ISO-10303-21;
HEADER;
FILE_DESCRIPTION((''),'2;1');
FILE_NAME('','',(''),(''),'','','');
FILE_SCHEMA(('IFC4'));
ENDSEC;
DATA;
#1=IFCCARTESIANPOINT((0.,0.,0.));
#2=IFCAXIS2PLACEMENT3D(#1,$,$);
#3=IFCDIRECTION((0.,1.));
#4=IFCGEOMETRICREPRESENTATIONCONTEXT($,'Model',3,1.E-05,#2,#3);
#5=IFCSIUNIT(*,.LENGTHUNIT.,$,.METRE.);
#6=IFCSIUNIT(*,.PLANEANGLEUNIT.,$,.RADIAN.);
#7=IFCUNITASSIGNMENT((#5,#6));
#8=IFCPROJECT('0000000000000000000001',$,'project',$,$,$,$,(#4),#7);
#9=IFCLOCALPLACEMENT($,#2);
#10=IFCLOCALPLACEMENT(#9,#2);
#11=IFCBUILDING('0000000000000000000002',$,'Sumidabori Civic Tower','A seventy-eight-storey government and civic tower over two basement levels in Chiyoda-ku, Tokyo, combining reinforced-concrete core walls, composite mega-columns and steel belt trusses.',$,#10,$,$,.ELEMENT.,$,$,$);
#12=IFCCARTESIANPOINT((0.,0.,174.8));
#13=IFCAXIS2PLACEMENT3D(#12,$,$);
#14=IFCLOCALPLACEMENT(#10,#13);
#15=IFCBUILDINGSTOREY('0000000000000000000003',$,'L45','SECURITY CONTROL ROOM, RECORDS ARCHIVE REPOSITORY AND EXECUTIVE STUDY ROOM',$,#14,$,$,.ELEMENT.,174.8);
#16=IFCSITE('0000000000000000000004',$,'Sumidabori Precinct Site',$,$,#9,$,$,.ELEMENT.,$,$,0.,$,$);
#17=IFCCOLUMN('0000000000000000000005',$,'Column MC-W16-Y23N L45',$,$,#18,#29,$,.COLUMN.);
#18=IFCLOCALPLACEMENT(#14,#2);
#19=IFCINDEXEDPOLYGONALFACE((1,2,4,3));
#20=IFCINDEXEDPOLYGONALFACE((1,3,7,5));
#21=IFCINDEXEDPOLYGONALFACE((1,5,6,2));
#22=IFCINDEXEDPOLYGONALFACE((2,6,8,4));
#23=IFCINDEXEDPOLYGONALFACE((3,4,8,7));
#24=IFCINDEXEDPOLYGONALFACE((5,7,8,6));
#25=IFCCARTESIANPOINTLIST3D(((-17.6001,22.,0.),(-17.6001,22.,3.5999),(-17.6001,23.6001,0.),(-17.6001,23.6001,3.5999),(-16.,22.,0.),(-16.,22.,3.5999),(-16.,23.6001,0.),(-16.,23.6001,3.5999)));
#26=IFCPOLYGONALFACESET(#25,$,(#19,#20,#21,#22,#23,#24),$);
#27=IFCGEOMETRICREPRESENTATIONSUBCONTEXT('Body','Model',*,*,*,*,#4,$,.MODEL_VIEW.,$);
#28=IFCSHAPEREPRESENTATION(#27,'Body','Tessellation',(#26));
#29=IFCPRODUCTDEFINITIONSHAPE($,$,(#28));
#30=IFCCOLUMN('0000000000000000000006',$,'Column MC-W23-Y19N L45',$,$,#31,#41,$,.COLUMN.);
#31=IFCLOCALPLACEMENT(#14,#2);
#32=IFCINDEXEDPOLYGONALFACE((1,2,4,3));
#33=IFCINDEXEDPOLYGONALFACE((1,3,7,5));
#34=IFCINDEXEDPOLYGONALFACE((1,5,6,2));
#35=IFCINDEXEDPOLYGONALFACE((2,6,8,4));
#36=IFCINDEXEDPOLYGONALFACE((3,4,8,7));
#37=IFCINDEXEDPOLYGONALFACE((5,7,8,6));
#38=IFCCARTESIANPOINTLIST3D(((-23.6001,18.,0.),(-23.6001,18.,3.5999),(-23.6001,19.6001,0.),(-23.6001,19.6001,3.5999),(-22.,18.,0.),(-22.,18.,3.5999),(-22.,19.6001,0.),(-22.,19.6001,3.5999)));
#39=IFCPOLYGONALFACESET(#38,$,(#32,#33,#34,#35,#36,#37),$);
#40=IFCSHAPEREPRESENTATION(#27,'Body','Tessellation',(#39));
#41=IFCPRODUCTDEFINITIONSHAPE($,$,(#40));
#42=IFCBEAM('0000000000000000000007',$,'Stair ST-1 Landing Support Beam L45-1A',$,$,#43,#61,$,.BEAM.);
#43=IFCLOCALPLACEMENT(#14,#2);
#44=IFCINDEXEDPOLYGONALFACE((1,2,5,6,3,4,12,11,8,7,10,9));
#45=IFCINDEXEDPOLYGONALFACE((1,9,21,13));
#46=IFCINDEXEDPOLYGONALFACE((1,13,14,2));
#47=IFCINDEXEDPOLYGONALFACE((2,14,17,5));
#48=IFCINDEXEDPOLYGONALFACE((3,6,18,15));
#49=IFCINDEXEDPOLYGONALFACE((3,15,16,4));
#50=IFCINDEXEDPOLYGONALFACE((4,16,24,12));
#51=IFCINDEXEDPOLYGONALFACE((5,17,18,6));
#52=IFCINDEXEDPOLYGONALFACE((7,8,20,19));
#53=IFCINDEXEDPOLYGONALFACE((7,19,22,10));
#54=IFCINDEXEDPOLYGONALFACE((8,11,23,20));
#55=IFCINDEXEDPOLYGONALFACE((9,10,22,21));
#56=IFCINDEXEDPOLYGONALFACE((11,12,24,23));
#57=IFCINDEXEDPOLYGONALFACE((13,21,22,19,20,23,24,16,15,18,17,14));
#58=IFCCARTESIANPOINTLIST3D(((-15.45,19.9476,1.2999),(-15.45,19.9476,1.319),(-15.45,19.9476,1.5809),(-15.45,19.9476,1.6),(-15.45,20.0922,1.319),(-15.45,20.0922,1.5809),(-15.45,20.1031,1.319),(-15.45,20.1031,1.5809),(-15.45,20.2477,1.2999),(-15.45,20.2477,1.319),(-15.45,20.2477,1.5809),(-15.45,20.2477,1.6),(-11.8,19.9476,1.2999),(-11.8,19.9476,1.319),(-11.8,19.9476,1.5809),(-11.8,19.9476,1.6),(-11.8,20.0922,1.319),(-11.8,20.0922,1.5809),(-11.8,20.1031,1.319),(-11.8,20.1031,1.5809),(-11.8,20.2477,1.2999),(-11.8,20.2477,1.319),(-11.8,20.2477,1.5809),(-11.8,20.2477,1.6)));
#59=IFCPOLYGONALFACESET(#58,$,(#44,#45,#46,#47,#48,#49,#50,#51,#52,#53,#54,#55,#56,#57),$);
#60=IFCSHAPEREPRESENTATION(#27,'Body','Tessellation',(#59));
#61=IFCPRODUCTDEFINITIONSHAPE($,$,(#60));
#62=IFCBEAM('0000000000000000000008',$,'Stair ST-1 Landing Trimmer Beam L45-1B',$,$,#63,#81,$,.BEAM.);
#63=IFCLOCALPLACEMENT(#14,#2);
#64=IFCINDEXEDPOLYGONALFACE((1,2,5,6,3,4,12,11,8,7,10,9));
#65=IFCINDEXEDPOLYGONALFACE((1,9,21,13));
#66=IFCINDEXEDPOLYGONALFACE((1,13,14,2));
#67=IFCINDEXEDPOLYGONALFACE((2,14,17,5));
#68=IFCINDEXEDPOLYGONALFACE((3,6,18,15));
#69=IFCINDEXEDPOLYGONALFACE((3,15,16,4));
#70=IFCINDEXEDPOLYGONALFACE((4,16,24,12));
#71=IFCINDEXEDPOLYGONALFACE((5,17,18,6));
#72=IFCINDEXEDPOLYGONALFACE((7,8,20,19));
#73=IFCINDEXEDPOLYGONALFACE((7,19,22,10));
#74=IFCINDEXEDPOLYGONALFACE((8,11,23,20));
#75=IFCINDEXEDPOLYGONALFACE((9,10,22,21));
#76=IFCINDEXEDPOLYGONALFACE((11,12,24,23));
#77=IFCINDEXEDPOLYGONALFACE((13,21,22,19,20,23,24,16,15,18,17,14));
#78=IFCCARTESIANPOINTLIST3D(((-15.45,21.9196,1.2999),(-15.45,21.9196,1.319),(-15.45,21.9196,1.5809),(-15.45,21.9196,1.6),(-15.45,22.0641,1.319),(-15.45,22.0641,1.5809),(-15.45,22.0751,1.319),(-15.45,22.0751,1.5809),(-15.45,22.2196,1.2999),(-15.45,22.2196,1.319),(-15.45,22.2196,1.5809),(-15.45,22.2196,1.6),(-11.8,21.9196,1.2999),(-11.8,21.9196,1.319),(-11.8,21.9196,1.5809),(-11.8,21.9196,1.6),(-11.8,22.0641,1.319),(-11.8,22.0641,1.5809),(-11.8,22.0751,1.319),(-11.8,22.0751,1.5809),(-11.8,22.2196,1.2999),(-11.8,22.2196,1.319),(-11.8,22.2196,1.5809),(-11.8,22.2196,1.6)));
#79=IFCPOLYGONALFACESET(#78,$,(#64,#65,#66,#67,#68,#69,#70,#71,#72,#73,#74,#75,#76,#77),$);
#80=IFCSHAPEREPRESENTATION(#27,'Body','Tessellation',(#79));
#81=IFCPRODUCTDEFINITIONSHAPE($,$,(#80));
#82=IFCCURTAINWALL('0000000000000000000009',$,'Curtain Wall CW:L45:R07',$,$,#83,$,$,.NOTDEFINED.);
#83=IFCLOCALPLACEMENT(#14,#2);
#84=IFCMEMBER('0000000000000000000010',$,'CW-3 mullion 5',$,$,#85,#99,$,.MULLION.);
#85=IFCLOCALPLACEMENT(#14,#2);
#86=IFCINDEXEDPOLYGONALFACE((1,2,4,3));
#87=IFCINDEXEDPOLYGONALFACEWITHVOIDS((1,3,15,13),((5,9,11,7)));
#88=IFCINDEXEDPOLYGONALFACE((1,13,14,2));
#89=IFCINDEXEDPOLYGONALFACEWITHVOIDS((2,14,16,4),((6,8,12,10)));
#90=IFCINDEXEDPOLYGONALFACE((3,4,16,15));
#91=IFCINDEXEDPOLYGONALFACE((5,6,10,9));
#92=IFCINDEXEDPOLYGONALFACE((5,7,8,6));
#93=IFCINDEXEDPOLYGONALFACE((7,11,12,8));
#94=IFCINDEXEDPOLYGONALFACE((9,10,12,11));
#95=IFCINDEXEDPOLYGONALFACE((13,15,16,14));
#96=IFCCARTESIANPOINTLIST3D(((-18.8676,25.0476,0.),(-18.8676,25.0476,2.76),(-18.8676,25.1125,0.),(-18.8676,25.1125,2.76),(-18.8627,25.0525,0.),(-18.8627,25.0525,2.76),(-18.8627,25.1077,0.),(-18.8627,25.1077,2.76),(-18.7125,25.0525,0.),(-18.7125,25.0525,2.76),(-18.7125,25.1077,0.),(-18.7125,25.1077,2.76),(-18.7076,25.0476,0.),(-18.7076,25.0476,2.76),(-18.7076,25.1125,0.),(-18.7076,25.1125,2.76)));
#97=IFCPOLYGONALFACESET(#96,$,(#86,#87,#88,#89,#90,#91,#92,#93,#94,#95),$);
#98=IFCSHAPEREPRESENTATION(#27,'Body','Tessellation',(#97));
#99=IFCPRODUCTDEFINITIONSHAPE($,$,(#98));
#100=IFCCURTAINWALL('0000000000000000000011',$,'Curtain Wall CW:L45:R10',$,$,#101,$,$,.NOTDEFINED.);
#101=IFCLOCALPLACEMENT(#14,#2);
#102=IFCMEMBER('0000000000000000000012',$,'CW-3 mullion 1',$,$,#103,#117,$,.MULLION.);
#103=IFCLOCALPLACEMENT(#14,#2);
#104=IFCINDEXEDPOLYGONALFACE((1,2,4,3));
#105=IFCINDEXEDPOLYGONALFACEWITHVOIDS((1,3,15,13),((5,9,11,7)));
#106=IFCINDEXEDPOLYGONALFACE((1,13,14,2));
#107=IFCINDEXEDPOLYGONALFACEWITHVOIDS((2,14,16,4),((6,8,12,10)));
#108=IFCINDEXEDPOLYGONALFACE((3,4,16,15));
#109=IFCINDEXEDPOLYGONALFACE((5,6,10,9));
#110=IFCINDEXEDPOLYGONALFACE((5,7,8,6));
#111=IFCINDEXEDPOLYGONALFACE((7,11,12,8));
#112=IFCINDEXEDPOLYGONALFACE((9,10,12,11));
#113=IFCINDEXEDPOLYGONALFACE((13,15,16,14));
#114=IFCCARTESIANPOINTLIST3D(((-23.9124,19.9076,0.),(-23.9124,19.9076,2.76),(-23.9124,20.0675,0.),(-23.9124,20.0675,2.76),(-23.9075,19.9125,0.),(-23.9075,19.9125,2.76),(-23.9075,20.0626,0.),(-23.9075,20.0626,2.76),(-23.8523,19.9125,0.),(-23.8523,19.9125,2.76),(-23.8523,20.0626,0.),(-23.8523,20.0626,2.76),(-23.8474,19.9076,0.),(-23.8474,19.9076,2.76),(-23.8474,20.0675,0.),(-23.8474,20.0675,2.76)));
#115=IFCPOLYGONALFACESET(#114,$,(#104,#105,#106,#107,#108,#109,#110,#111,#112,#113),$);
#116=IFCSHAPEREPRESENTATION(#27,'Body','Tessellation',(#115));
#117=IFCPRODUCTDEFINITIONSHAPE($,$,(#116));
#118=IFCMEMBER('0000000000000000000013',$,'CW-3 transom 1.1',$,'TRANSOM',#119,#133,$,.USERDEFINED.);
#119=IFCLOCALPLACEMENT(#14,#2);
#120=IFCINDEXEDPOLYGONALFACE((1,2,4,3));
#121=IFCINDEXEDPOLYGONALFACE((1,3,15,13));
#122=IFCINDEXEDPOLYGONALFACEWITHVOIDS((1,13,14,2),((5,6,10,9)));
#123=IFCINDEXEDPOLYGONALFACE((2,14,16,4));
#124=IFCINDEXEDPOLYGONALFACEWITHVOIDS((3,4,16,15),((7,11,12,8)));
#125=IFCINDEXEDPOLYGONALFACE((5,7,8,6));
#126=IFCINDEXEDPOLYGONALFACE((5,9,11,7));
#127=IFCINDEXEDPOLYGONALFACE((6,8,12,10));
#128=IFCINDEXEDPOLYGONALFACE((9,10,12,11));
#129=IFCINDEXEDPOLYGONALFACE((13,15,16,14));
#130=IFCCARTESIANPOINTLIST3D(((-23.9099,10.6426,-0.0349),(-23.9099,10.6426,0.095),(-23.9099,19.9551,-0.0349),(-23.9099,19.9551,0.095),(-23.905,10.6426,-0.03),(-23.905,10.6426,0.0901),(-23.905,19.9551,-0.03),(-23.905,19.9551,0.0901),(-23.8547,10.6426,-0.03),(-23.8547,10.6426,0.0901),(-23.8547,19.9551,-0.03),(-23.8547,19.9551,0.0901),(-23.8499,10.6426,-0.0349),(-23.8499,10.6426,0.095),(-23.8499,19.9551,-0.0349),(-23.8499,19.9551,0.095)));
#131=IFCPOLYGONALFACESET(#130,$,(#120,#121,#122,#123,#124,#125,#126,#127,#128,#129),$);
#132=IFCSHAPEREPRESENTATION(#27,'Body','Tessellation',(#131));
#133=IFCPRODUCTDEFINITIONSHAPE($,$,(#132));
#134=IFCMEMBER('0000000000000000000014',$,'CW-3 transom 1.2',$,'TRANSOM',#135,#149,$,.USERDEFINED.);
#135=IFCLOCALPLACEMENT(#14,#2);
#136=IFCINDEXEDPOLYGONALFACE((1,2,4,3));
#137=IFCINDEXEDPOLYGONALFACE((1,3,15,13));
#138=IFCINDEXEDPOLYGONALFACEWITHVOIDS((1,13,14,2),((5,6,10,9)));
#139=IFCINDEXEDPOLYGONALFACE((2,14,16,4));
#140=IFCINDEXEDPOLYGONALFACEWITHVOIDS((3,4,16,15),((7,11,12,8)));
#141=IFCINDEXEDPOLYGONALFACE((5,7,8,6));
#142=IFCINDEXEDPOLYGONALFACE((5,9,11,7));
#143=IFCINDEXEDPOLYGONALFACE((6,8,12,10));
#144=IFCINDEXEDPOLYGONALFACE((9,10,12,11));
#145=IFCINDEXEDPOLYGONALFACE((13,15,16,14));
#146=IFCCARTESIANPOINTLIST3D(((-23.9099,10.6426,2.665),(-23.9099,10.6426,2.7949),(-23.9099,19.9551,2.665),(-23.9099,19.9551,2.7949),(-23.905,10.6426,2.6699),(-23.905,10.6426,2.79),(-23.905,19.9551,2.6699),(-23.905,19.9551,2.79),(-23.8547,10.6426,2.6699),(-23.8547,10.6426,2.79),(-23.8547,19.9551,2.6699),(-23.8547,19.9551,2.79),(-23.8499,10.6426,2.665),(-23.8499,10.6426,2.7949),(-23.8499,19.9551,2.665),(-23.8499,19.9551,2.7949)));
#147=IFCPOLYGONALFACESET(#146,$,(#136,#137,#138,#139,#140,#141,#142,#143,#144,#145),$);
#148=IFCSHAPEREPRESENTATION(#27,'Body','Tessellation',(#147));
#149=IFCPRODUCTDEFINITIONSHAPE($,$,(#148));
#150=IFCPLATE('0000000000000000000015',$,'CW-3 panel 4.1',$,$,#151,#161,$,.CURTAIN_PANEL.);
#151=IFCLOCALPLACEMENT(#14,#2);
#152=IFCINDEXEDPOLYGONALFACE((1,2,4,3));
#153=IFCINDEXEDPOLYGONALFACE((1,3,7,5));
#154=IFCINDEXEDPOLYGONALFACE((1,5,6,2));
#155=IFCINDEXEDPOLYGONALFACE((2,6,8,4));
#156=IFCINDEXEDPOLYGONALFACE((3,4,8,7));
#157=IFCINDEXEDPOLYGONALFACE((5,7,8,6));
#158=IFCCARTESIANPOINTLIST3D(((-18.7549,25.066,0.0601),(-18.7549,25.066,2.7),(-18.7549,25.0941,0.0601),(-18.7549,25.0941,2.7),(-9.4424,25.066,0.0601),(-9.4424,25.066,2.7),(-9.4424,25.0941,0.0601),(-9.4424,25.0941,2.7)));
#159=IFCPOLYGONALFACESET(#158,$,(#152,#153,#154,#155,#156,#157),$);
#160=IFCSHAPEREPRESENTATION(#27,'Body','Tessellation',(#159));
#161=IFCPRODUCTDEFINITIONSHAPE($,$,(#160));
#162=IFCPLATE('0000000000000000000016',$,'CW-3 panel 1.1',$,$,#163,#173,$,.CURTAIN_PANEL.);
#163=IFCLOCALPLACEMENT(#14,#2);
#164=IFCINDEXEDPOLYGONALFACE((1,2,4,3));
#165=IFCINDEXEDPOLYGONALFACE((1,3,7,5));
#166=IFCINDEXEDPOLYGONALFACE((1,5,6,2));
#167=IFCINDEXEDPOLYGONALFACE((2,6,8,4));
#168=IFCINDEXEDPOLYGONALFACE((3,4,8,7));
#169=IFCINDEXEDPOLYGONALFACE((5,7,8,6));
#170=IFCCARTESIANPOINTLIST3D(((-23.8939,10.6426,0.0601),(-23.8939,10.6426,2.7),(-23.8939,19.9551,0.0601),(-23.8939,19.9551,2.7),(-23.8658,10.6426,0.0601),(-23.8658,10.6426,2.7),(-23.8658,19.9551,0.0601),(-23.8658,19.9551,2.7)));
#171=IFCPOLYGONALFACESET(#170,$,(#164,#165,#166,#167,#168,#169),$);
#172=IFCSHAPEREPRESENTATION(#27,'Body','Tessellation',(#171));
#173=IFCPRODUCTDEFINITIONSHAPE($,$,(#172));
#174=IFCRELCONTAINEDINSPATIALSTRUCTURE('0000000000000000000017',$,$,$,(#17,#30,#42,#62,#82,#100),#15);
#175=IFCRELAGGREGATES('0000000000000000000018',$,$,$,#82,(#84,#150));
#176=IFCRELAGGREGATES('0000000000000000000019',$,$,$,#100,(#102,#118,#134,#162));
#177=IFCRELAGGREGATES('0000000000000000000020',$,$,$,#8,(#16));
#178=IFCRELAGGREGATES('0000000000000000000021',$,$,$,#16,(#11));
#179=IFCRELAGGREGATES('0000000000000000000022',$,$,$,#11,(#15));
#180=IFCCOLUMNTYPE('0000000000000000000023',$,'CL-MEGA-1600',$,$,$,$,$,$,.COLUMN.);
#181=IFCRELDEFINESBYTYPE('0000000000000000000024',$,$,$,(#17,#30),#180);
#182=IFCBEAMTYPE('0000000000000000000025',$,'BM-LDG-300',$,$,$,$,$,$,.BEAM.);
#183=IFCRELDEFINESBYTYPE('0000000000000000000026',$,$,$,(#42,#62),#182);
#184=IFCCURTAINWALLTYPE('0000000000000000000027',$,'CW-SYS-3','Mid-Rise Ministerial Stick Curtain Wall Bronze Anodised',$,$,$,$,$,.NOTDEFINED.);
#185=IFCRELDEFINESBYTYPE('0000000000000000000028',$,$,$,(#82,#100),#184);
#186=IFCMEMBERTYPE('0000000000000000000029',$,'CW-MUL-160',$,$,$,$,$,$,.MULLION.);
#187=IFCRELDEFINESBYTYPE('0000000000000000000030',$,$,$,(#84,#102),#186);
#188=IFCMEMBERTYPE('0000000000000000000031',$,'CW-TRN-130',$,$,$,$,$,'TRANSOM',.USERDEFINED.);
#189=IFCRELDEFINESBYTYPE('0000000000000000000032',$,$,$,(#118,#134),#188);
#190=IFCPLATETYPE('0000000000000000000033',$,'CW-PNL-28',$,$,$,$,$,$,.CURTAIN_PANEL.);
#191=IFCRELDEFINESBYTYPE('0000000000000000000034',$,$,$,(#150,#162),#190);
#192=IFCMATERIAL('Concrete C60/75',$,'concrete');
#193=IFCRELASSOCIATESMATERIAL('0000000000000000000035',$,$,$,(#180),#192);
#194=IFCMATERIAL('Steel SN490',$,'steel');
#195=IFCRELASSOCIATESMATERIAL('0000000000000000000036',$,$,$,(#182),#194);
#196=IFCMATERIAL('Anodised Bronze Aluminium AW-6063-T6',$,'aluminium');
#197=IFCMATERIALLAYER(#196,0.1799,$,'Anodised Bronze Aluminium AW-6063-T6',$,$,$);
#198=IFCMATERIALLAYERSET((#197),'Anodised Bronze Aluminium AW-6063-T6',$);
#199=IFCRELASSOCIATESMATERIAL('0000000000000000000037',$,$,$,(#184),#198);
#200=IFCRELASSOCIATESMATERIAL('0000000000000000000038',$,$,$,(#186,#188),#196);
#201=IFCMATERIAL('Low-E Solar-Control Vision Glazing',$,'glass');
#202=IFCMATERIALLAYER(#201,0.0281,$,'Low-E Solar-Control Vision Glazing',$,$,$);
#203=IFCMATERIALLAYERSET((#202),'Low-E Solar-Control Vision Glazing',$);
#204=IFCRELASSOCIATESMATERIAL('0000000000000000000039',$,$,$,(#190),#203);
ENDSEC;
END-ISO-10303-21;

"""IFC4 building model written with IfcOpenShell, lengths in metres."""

from ifc_helpers import new_model, si_unit, direction, frame, origin, origin_2d, place, context, subcontext, project, spatial, rectangle, hollow_rectangle, i_section, extrude, source, transform, mapped, material, layer, layer_set, material_profile, profile_set, type_object, element, aggregate, save


model = new_model("IFC4")

# Units and contexts
model_context = context("Model", 3, precision=1e-05, world=origin(), true_north=direction((0.0, 1.0)))
body_context = subcontext(model_context, "Body", "Model", "MODEL_VIEW")
ifc_project = project(units=[si_unit("LENGTHUNIT", "METRE"), si_unit("PLANEANGLEUNIT", "RADIAN")], contexts=[model_context])

# Site, building, storey
site_placement = place(None, origin())
site = spatial("IfcSite", under=ifc_project, at=site_placement, Name="Sumidabori Precinct Site", CompositionType="ELEMENT", RefElevation=0.0)
building_placement = place(site_placement, origin())
building = spatial("IfcBuilding", under=site, at=building_placement, Name="Sumidabori Civic Tower", Description="A seventy-eight-storey government and civic tower over two basement levels in Chiyoda-ku, Tokyo, combining reinforced-concrete core walls, composite mega-columns and steel belt trusses.", CompositionType="ELEMENT")
storey_placement = place(building_placement, frame((0.0, 0.0, 174.8)))
storey = spatial("IfcBuildingStorey", under=building, at=storey_placement, Name="L45", Description="SECURITY CONTROL ROOM, RECORDS ARCHIVE REPOSITORY AND EXECUTIVE STUDY ROOM", CompositionType="ELEMENT", Elevation=174.8)

# Columns
ifc_material_1 = material(Name="Concrete C60/75", Category="concrete")
ifc_material_profile_1 = material_profile(ifc_material_1, rectangle(XDim=1.6001, YDim=1.6001, at=origin_2d()), Name="RC 1600x1600")
ifc_profile_set_1 = profile_set([ifc_material_profile_1], Name="Concrete C60/75")
column_type = type_object("IfcColumnType", Name="CL-MEGA-1600", PredefinedType="COLUMN", material=ifc_profile_set_1)
shared_shape_1 = source(origin(), body_context, "Body", "SweptSolid", [
    extrude(rectangle(XDim=1.6001, YDim=1.6001, at=origin_2d()), origin(), (0.0, 0.0, 1.0), 3.5999),
])
for number, where, z_axis, x_axis, name in (
    (1, (-16.8, 22.8, 0.0), (0.0, 0.0, 1.0), (1.0, 0.0, 0.0), "Column MC-W16-Y23N L45"),
    (2, (-22.8, 18.8, 0.0), (0.0, 0.0, 1.0), (1.0, 0.0, 0.0), "Column MC-W23-Y19N L45"),
):
    element("IfcColumn", number, at=place(storey_placement, frame(where, z_axis=z_axis, x_axis=x_axis)), inside=storey, type_object=column_type, Name=name, PredefinedType="COLUMN", context=body_context, shape_type="MappedRepresentation", body=[
        mapped(shared_shape_1, transform((0.0, 0.0, 0.0), x_axis=(1.0, 0.0, 0.0), y_axis=(0.0, 1.0, 0.0), z_axis=(0.0, 0.0, 1.0), scale=1.0)),
    ])

# Beams
ifc_material_2 = material(Name="Steel SN490", Category="steel")
ifc_material_profile_2 = material_profile(ifc_material_2, i_section(OverallWidth=0.3, OverallDepth=0.3, WebThickness=0.011, FlangeThickness=0.019, at=origin_2d()), Name="HE 300 B")
ifc_profile_set_2 = profile_set([ifc_material_profile_2], Name="Steel SN490")
beam_type = type_object("IfcBeamType", Name="BM-LDG-300", PredefinedType="BEAM", material=ifc_profile_set_2)
shared_shape_2 = source(origin(), body_context, "Body", "SweptSolid", [
    extrude(i_section(OverallWidth=0.3, OverallDepth=0.3, WebThickness=0.011, FlangeThickness=0.019, at=origin_2d()), origin(), (0.0, 0.0, 1.0), 3.6499),
])
for number, where, z_axis, x_axis, name in (
    (3, (-15.45, 20.0977, 1.45), (1.0, 0.0, 0.0), (0.0, 1.0, 0.0), "Stair ST-1 Landing Support Beam L45-1A"),
    (4, (-15.45, 22.0696, 1.45), (1.0, 0.0, 0.0), (0.0, 1.0, 0.0), "Stair ST-1 Landing Trimmer Beam L45-1B"),
):
    element("IfcBeam", number, at=place(storey_placement, frame(where, z_axis=z_axis, x_axis=x_axis)), inside=storey, type_object=beam_type, Name=name, PredefinedType="BEAM", context=body_context, shape_type="MappedRepresentation", body=[
        mapped(shared_shape_2, transform((0.0, 0.0, 0.0), x_axis=(1.0, 0.0, 0.0), y_axis=(0.0, 1.0, 0.0), z_axis=(0.0, 0.0, 1.0), scale=1.0)),
    ])

# Curtain wall, member
ifc_material_3 = material(Name="Anodised Bronze Aluminium AW-6063-T6", Category="aluminium")
ifc_layer_1 = layer(ifc_material_3, 0.1799, Name="Anodised Bronze Aluminium AW-6063-T6")
ifc_layer_set_1 = layer_set([ifc_layer_1], Name="Anodised Bronze Aluminium AW-6063-T6")
curtain_wall_type = type_object("IfcCurtainWallType", Name="CW-SYS-3", Description="Mid-Rise Ministerial Stick Curtain Wall Bronze Anodised", PredefinedType="NOTDEFINED", material=ifc_layer_set_1)
curtain_wall_1_placement = place(storey_placement, origin())
curtain_wall_1 = element("IfcCurtainWall", 5, at=curtain_wall_1_placement, inside=storey, type_object=curtain_wall_type, Name="Curtain Wall CW:L45:R07", PredefinedType="NOTDEFINED")
ifc_material_profile_3 = material_profile(ifc_material_3, hollow_rectangle(XDim=0.0649, YDim=0.1599, WallThickness=0.0049, at=origin_2d()), Name="ALU MULLION 160x65")
ifc_profile_set_3 = profile_set([ifc_material_profile_3], Name="Anodised Bronze Aluminium AW-6063-T6")
member_type_1 = type_object("IfcMemberType", Name="CW-MUL-160", PredefinedType="MULLION", material=ifc_profile_set_3)
shared_shape_3 = source(origin(), body_context, "Body", "SweptSolid", [
    extrude(hollow_rectangle(XDim=0.0649, YDim=0.1599, WallThickness=0.0049, at=origin_2d()), origin(), (0.0, 0.0, 1.0), 2.76),
])
member_1_placement = place(storey_placement, frame((-18.7876, 25.0801, 0.0), z_axis=(0.0, 0.0, 1.0), x_axis=(0.0, -1.0, 0.0)))
member_1 = element("IfcMember", 6, at=member_1_placement, type_object=member_type_1, Name="CW-3 mullion 5", PredefinedType="MULLION", context=body_context, shape_type="MappedRepresentation", body=[
    mapped(shared_shape_3, transform((0.0, 0.0, 0.0), x_axis=(1.0, 0.0, 0.0), y_axis=(0.0, 1.0, 0.0), z_axis=(0.0, 0.0, 1.0), scale=1.0)),
])

# Curtain wall, members
curtain_wall_2_placement = place(storey_placement, origin())
curtain_wall_2 = element("IfcCurtainWall", 7, at=curtain_wall_2_placement, inside=storey, type_object=curtain_wall_type, Name="Curtain Wall CW:L45:R10", PredefinedType="NOTDEFINED")
member_2_placement = place(storey_placement, frame((-23.8799, 19.9875, 0.0), z_axis=(0.0, 0.0, 1.0), x_axis=(1.0, 0.0, 0.0)))
member_2 = element("IfcMember", 8, at=member_2_placement, type_object=member_type_1, Name="CW-3 mullion 1", PredefinedType="MULLION", context=body_context, shape_type="MappedRepresentation", body=[
    mapped(shared_shape_3, transform((0.0, 0.0, 0.0), x_axis=(1.0, 0.0, 0.0), y_axis=(0.0, 1.0, 0.0), z_axis=(0.0, 0.0, 1.0), scale=1.0)),
])
ifc_material_profile_4 = material_profile(ifc_material_3, hollow_rectangle(XDim=0.0601, YDim=0.1299, WallThickness=0.0049, at=origin_2d()), Name="ALU TRANSOM 130x60")
ifc_profile_set_4 = profile_set([ifc_material_profile_4], Name="Anodised Bronze Aluminium AW-6063-T6")
member_type_2 = type_object("IfcMemberType", Name="CW-TRN-130", ElementType="TRANSOM", PredefinedType="USERDEFINED", material=ifc_profile_set_4)
shared_shape_4 = source(origin(), body_context, "Body", "SweptSolid", [
    extrude(hollow_rectangle(XDim=0.0601, YDim=0.1299, WallThickness=0.0049, at=origin_2d()), origin(), (0.0, 0.0, 1.0), 9.3125),
])
member_3_placement = place(storey_placement, frame((-23.8799, 19.9551, 0.03), z_axis=(0.0, -1.0, 0.0), x_axis=(1.0, 0.0, 0.0)))
member_3 = element("IfcMember", 9, at=member_3_placement, type_object=member_type_2, Name="CW-3 transom 1.1", ObjectType="TRANSOM", PredefinedType="USERDEFINED", context=body_context, shape_type="MappedRepresentation", body=[
    mapped(shared_shape_4, transform((0.0, 0.0, 0.0), x_axis=(1.0, 0.0, 0.0), y_axis=(0.0, 1.0, 0.0), z_axis=(0.0, 0.0, 1.0), scale=1.0)),
])
member_4_placement = place(storey_placement, frame((-23.8799, 19.9551, 2.73), z_axis=(0.0, -1.0, 0.0), x_axis=(1.0, 0.0, 0.0)))
member_4 = element("IfcMember", 10, at=member_4_placement, type_object=member_type_2, Name="CW-3 transom 1.2", ObjectType="TRANSOM", PredefinedType="USERDEFINED", context=body_context, shape_type="MappedRepresentation", body=[
    mapped(shared_shape_4, transform((0.0, 0.0, 0.0), x_axis=(1.0, 0.0, 0.0), y_axis=(0.0, 1.0, 0.0), z_axis=(0.0, 0.0, 1.0), scale=1.0)),
])

# Plates
ifc_material_4 = material(Name="Low-E Solar-Control Vision Glazing", Category="glass")
ifc_layer_2 = layer(ifc_material_4, 0.0281, Name="Low-E Solar-Control Vision Glazing")
ifc_layer_set_2 = layer_set([ifc_layer_2], Name="Low-E Solar-Control Vision Glazing")
plate_type = type_object("IfcPlateType", Name="CW-PNL-28", PredefinedType="CURTAIN_PANEL", material=ifc_layer_set_2)
shared_shape_5 = source(origin(), body_context, "Body", "SweptSolid", [
    extrude(rectangle(XDim=9.3125, YDim=0.0281, at=origin_2d()), origin(), (0.0, 0.0, 1.0), 2.6399),
])
plate_1_placement = place(storey_placement, frame((-14.0986, 25.0801, 0.0601), z_axis=(0.0, 0.0, 1.0), x_axis=(-1.0, 0.0, 0.0)))
plate_1 = element("IfcPlate", 11, at=plate_1_placement, type_object=plate_type, Name="CW-3 panel 4.1", PredefinedType="CURTAIN_PANEL", context=body_context, shape_type="MappedRepresentation", body=[
    mapped(shared_shape_5, transform((0.0, 0.0, 0.0), x_axis=(1.0, 0.0, 0.0), y_axis=(0.0, 1.0, 0.0), z_axis=(0.0, 0.0, 1.0), scale=1.0)),
])
aggregate(curtain_wall_1, [member_1, plate_1])
plate_2_placement = place(storey_placement, frame((-23.8799, 15.2988, 0.0601), z_axis=(0.0, 0.0, 1.0), x_axis=(0.0, -1.0, 0.0)))
plate_2 = element("IfcPlate", 12, at=plate_2_placement, type_object=plate_type, Name="CW-3 panel 1.1", PredefinedType="CURTAIN_PANEL", context=body_context, shape_type="MappedRepresentation", body=[
    mapped(shared_shape_5, transform((0.0, 0.0, 0.0), x_axis=(1.0, 0.0, 0.0), y_axis=(0.0, 1.0, 0.0), z_axis=(0.0, 0.0, 1.0), scale=1.0)),
])
aggregate(curtain_wall_2, [member_2, member_3, member_4, plate_2])

save(model, "model.ifc")
